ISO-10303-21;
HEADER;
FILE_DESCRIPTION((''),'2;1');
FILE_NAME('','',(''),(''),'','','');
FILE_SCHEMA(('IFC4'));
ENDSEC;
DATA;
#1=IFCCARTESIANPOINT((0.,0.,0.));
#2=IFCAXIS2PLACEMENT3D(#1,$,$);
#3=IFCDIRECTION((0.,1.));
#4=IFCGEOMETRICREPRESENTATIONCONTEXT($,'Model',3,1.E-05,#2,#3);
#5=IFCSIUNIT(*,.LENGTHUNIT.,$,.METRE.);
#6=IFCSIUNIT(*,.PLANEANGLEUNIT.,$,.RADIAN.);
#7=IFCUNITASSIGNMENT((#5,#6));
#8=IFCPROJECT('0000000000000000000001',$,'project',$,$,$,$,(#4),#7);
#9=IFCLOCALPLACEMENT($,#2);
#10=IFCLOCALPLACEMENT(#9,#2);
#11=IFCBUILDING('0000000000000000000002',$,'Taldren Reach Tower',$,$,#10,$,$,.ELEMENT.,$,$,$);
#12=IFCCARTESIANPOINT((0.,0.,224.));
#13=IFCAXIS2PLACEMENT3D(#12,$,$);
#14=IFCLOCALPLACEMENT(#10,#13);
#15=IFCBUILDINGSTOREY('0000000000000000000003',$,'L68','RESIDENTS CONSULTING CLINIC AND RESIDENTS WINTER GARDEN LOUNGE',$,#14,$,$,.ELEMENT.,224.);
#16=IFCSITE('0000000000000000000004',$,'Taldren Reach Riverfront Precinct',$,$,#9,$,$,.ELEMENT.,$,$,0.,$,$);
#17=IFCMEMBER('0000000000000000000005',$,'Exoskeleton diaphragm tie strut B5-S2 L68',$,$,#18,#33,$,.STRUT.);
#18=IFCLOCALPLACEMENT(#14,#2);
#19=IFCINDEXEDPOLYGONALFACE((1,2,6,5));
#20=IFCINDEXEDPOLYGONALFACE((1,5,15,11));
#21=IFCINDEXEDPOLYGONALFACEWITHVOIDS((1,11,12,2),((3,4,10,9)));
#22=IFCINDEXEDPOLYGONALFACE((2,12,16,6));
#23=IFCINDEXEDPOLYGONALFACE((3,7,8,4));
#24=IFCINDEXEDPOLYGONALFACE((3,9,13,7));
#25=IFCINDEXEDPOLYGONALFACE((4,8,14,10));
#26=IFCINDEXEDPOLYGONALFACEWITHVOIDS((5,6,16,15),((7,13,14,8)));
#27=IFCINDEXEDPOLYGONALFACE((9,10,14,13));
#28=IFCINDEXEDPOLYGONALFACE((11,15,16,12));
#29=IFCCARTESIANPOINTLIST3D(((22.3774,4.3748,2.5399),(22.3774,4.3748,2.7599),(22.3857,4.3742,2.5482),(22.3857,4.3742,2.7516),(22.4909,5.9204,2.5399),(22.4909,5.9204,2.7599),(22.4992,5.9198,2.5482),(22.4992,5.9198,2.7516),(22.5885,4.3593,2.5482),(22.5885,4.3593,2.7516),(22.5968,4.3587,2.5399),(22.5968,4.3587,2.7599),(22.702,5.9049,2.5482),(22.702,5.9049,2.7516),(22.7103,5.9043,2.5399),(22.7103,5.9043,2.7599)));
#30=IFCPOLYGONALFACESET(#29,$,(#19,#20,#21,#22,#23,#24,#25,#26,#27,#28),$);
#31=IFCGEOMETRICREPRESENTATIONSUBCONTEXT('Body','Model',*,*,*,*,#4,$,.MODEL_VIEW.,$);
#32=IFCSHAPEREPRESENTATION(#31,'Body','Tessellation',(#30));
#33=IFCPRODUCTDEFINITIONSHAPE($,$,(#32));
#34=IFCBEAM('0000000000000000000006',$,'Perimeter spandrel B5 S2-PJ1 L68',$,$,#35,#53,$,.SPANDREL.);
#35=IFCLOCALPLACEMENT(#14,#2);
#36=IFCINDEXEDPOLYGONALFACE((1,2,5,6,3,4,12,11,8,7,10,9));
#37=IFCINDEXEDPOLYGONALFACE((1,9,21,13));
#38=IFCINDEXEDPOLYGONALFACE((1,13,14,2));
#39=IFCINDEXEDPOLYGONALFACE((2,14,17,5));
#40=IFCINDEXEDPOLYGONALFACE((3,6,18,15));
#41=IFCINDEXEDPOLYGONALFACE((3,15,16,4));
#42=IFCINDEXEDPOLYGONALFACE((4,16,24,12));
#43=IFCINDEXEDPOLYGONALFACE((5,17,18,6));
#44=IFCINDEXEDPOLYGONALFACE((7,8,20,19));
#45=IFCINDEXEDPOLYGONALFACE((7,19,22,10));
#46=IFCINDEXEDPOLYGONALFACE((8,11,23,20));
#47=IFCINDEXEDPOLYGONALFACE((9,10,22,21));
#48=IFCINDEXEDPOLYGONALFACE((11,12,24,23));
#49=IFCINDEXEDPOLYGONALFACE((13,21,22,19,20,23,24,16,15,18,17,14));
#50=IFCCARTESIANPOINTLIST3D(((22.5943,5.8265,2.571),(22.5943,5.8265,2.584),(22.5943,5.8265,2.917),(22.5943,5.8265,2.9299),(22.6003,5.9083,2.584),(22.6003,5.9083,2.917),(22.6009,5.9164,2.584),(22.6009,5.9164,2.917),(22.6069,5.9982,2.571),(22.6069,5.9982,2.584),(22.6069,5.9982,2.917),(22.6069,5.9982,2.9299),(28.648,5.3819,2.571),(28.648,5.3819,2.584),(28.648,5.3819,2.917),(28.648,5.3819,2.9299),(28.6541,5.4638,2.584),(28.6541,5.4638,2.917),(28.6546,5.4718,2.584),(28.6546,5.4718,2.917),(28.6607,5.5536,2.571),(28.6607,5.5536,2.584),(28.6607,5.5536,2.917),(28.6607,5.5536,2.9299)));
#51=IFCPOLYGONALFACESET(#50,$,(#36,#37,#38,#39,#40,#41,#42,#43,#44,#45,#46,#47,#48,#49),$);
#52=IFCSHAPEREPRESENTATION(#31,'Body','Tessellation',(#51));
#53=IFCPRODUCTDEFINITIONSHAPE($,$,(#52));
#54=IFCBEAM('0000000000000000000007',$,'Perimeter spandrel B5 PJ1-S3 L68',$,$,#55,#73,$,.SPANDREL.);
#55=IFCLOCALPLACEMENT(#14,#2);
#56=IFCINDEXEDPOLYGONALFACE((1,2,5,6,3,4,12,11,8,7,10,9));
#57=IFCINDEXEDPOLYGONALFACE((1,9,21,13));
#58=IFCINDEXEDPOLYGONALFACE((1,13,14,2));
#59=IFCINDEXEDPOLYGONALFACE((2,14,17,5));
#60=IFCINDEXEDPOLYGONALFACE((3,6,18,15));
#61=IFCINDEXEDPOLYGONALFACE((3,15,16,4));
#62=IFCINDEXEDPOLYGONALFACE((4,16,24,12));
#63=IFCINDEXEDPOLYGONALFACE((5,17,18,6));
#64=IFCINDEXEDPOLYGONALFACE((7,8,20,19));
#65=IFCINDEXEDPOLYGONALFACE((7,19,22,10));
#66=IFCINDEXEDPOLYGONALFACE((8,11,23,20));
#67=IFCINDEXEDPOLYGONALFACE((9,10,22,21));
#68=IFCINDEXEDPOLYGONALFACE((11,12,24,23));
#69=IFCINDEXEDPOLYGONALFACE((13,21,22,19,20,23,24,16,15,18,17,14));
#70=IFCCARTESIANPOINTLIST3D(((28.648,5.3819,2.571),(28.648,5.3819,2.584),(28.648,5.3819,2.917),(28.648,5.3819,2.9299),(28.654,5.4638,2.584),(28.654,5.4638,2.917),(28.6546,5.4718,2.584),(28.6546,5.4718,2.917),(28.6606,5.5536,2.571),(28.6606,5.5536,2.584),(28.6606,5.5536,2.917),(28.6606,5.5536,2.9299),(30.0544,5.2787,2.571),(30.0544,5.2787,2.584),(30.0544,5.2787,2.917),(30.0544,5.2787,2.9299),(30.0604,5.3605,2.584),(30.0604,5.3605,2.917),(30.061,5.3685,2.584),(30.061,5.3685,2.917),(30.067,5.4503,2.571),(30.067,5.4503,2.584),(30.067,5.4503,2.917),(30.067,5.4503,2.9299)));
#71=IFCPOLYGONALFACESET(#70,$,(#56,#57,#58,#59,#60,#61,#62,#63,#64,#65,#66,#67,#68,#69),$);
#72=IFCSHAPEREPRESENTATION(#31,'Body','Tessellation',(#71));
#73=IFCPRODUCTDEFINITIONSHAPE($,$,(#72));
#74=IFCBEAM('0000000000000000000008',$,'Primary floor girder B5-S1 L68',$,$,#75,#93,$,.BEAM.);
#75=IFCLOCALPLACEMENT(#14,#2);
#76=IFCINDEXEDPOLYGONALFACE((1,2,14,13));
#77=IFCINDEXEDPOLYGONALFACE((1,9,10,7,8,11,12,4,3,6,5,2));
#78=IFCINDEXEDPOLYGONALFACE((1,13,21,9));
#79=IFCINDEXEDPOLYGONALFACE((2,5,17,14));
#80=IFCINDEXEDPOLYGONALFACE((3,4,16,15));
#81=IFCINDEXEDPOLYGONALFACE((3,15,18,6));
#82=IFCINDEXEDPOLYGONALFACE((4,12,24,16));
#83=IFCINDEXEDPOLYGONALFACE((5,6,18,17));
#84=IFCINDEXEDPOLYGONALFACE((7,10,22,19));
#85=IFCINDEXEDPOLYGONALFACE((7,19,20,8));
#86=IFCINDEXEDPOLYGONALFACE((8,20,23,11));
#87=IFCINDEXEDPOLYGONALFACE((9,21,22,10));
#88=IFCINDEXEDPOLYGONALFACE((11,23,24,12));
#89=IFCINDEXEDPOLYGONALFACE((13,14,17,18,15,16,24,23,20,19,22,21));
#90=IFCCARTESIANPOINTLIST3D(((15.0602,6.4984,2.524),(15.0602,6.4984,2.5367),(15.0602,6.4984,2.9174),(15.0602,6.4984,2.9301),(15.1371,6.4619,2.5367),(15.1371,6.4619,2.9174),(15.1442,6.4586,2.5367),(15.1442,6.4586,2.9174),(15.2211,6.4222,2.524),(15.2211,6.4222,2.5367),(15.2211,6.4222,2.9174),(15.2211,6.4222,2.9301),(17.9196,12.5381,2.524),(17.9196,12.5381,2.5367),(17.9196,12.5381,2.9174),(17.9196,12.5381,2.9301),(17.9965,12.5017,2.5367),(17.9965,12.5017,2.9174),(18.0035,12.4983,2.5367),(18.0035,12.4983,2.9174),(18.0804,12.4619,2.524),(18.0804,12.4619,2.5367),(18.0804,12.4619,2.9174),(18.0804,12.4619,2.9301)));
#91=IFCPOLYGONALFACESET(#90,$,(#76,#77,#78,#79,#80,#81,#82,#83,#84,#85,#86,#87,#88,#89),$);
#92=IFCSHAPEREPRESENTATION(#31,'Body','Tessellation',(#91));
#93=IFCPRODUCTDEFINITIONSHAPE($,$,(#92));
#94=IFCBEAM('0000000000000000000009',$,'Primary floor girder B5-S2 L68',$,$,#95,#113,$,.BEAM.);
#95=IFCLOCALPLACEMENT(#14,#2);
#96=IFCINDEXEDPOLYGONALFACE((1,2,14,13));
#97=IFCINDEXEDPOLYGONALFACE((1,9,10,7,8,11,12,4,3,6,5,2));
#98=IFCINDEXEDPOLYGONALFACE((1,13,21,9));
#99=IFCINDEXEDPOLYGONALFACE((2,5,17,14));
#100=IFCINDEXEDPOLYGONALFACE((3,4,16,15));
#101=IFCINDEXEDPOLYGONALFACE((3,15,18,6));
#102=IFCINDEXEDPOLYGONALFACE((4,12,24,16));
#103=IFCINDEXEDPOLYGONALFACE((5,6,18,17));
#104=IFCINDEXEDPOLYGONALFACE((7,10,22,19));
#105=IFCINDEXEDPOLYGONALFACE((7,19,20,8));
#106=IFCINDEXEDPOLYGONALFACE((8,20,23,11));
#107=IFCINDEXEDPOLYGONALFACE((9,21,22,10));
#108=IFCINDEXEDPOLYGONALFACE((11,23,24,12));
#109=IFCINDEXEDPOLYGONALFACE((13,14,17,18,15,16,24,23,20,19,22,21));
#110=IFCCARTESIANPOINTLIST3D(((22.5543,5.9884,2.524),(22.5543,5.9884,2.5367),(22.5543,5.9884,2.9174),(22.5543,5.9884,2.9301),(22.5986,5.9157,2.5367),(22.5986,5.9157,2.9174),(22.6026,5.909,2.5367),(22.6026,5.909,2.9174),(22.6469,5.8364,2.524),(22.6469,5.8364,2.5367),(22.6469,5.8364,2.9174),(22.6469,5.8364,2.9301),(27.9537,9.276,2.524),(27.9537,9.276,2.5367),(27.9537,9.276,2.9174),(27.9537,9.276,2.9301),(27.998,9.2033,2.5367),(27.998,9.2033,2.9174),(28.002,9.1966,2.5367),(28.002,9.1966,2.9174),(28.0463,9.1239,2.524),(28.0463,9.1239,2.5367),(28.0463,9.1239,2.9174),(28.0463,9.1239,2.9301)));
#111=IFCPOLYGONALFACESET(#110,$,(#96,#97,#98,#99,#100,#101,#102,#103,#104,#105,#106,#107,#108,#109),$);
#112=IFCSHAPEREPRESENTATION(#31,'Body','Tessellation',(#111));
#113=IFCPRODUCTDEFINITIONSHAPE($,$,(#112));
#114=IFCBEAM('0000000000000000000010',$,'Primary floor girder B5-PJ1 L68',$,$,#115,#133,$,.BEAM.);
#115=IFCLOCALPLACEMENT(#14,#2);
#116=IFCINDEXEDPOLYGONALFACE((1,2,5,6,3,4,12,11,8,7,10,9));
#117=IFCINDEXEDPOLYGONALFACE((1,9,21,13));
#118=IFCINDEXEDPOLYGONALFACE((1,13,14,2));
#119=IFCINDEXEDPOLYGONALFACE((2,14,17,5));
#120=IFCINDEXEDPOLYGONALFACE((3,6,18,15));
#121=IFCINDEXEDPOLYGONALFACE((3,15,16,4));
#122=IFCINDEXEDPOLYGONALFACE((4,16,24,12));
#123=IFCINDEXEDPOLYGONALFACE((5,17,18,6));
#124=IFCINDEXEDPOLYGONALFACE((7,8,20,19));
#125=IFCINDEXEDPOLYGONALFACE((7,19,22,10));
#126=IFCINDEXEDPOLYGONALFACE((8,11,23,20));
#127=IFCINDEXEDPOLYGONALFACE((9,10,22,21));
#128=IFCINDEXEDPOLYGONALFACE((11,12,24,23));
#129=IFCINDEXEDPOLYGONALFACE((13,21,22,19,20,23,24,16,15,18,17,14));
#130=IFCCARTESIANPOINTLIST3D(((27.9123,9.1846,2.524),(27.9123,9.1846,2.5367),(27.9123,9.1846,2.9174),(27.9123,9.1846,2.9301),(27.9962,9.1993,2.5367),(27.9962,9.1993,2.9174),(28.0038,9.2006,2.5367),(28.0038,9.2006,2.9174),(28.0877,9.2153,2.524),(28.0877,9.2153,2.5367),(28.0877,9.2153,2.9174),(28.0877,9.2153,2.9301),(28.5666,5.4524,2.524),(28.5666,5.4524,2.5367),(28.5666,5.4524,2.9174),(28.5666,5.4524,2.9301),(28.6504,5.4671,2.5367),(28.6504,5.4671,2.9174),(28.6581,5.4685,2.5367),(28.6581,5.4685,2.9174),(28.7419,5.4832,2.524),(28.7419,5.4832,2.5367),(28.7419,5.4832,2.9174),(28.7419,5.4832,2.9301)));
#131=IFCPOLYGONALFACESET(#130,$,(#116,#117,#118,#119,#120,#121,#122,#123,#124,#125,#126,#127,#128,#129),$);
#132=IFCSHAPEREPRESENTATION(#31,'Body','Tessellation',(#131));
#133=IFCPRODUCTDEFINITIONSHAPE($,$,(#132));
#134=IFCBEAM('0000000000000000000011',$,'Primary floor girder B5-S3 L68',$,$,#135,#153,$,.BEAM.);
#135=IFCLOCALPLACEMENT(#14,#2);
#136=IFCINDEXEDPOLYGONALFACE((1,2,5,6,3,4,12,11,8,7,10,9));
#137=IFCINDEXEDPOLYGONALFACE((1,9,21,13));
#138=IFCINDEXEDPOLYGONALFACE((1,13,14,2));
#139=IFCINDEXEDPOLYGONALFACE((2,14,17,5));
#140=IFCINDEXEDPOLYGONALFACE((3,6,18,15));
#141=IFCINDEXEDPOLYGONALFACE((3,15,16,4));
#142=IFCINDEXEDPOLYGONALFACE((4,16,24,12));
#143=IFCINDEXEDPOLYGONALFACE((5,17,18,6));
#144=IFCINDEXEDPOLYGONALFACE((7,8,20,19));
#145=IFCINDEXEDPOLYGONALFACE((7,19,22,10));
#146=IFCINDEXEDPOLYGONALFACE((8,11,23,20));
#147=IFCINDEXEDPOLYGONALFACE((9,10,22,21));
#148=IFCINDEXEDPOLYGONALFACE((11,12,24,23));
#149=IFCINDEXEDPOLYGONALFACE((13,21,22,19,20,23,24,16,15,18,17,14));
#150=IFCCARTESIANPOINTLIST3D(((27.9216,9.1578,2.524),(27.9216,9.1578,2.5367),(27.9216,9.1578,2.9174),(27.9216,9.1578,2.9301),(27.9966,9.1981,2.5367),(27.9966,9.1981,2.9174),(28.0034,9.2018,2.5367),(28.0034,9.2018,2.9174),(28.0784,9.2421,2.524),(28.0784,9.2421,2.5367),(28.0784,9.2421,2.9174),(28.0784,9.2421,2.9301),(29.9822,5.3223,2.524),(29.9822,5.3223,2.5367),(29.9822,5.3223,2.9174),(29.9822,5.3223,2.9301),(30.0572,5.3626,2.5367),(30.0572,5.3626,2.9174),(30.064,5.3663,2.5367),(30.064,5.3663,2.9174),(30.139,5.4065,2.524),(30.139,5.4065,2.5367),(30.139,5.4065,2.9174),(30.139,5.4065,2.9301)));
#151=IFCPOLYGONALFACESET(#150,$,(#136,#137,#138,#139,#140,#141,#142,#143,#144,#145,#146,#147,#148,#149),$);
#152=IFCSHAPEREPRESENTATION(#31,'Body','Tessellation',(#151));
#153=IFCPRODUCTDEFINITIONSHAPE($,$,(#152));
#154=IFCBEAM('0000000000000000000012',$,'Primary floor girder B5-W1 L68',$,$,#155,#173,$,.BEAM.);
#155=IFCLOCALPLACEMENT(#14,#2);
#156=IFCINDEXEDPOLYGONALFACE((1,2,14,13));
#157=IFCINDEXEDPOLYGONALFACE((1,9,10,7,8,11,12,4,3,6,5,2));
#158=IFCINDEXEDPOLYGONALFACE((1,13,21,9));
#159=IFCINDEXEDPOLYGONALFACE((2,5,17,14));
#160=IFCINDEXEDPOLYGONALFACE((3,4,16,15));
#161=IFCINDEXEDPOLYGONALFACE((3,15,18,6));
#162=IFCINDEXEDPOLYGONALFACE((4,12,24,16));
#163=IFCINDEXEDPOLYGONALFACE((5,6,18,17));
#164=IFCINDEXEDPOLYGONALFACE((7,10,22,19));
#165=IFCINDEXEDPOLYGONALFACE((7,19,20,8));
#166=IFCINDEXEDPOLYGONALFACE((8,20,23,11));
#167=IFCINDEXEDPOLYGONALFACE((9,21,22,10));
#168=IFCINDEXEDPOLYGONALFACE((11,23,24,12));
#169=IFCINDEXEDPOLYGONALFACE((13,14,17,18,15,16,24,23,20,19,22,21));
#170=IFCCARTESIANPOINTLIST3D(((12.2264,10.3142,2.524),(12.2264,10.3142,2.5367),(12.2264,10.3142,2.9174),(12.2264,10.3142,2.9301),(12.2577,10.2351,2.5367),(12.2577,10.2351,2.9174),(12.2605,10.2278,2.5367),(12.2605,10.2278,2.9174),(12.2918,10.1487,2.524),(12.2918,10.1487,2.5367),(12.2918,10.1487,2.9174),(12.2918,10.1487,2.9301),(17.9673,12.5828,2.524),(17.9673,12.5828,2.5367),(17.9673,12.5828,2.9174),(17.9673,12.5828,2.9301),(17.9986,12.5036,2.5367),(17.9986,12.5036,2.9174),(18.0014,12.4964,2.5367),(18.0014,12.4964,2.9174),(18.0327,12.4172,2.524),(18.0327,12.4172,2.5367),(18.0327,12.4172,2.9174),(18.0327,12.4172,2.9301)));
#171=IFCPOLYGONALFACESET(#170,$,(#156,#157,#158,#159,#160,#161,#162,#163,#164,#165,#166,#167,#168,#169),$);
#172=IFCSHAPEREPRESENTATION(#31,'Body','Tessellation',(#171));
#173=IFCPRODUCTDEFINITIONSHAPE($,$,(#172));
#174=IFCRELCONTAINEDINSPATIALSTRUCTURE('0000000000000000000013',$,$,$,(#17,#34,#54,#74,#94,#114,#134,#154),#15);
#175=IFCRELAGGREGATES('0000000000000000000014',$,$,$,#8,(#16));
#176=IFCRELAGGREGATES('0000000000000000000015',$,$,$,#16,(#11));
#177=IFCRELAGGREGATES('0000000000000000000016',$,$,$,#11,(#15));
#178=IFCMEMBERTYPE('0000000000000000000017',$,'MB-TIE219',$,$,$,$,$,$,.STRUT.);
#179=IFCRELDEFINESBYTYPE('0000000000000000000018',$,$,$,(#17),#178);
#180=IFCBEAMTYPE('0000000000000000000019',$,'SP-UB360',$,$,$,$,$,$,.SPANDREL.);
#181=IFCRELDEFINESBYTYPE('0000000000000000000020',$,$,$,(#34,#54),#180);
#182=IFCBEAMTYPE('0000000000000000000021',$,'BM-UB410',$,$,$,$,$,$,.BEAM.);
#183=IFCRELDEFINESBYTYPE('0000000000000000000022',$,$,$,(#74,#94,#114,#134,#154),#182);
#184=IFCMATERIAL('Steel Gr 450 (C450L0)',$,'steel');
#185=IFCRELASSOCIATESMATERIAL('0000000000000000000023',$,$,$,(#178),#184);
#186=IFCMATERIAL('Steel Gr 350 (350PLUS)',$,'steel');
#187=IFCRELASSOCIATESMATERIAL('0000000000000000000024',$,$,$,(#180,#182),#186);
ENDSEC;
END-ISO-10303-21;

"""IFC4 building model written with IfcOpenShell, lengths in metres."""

from ifc_helpers import new_model, si_unit, direction, frame, origin, origin_2d, place, context, subcontext, project, spatial, hollow_rectangle, i_section, extrude, source, transform, mapped, material, material_profile, profile_set, type_object, element, save


model = new_model("IFC4")

# Units and contexts
model_context = context("Model", 3, precision=1e-05, world=origin(), true_north=direction((0.0, 1.0)))
body_context = subcontext(model_context, "Body", "Model", "MODEL_VIEW")
ifc_project = project(units=[si_unit("LENGTHUNIT", "METRE"), si_unit("PLANEANGLEUNIT", "RADIAN")], contexts=[model_context])

# Site, building, storey
site_placement = place(None, origin())
site = spatial("IfcSite", under=ifc_project, at=site_placement, Name="Taldren Reach Riverfront Precinct", CompositionType="ELEMENT", RefElevation=0.0)
building_placement = place(site_placement, origin())
building = spatial("IfcBuilding", under=site, at=building_placement, Name="Taldren Reach Tower", CompositionType="ELEMENT")
storey_placement = place(building_placement, frame((0.0, 0.0, 224.0)))
storey = spatial("IfcBuildingStorey", under=building, at=storey_placement, Name="L68", Description="RESIDENTS CONSULTING CLINIC AND RESIDENTS WINTER GARDEN LOUNGE", CompositionType="ELEMENT", Elevation=224.0)

# Shared definitions
ifc_material_1 = material(Name="Steel Gr 350 (350PLUS)", Category="steel")
ifc_material_2 = material(Name="Steel Gr 450 (C450L0)", Category="steel")

# Member
ifc_material_profile_1 = material_profile(ifc_material_2, hollow_rectangle(XDim=0.22, YDim=0.22, WallThickness=0.0083, at=origin_2d()), Name="220x220x8.2SHS")
ifc_profile_set_1 = profile_set([ifc_material_profile_1], Name="Steel Gr 450 (C450L0)")
member_type_1 = type_object("IfcMemberType", Name="MB-TIE219", PredefinedType="STRUT", material=ifc_profile_set_1)
shared_shape_1 = source(origin(), body_context, "Body", "SweptSolid", [
    extrude(hollow_rectangle(XDim=0.22, YDim=0.22, WallThickness=0.0083, at=origin_2d()), origin(), (0.0, 0.0, 1.0), 1.5498),
])
member_1_placement = place(storey_placement, frame((22.6006, 5.9124, 2.6499), z_axis=(-0.073251, -0.997314, 0.0), x_axis=(0.997314, -0.073251, 0.0)))
element("IfcMember", 1, at=member_1_placement, inside=storey, type_object=member_type_1, Name="Exoskeleton diaphragm tie strut B5-S2 L68", PredefinedType="STRUT", context=body_context, shape_type="MappedRepresentation", body=[
    mapped(shared_shape_1, transform((0.0, 0.0, 0.0), scale=1.0)),
])

# Beams
ifc_material_profile_2 = material_profile(ifc_material_1, i_section(OverallWidth=0.1721, OverallDepth=0.3589, WebThickness=0.0081, FlangeThickness=0.0129, at=origin_2d()), Name="360UB56.7")
ifc_profile_set_2 = profile_set([ifc_material_profile_2], Name="Steel Gr 350 (350PLUS)")
beam_type_1 = type_object("IfcBeamType", Name="SP-UB360", PredefinedType="SPANDREL", material=ifc_profile_set_2)
shared_shape_2 = source(origin(), body_context, "Body", "SweptSolid", [
    extrude(i_section(OverallWidth=0.1721, OverallDepth=0.3589, WebThickness=0.0081, FlangeThickness=0.0129, at=origin_2d()), origin(), (0.0, 0.0, 1.0), 6.0701),
])
beam_1_placement = place(storey_placement, frame((22.6006, 5.9124, 2.7505), z_axis=(0.997314, -0.073242, 0.0), x_axis=(0.073242, 0.997314, 0.0)))
element("IfcBeam", 2, at=beam_1_placement, inside=storey, type_object=beam_type_1, Name="Perimeter spandrel B5 S2-PJ1 L68", PredefinedType="SPANDREL", context=body_context, shape_type="MappedRepresentation", body=[
    mapped(shared_shape_2, transform((0.0, 0.0, 0.0), scale=1.0)),
])
shared_shape_3 = source(origin(), body_context, "Body", "SweptSolid", [
    extrude(i_section(OverallWidth=0.1721, OverallDepth=0.3589, WebThickness=0.0081, FlangeThickness=0.0129, at=origin_2d()), origin(), (0.0, 0.0, 1.0), 1.4102),
])
beam_2_placement = place(storey_placement, frame((28.6543, 5.4678, 2.7505), z_axis=(0.997314, -0.07324, 0.0), x_axis=(0.07324, 0.997314, 0.0)))
element("IfcBeam", 3, at=beam_2_placement, inside=storey, type_object=beam_type_1, Name="Perimeter spandrel B5 PJ1-S3 L68", PredefinedType="SPANDREL", context=body_context, shape_type="MappedRepresentation", body=[
    mapped(shared_shape_3, transform((0.0, 0.0, 0.0), scale=1.0)),
])
ifc_material_profile_3 = material_profile(ifc_material_1, i_section(OverallWidth=0.178, OverallDepth=0.406, WebThickness=0.0078, FlangeThickness=0.0127, at=origin_2d()), Name="410UB59.7")
ifc_profile_set_3 = profile_set([ifc_material_profile_3], Name="Steel Gr 350 (350PLUS)")
beam_type_2 = type_object("IfcBeamType", Name="BM-UB410", PredefinedType="BEAM", material=ifc_profile_set_3)
shared_shape_4 = source(origin(), body_context, "Body", "SweptSolid", [
    extrude(i_section(OverallWidth=0.178, OverallDepth=0.406, WebThickness=0.0078, FlangeThickness=0.0127, at=origin_2d()), origin(), (0.0, 0.0, 1.0), 6.6824),
])
beam_3_placement = place(storey_placement, frame((18.0, 12.5, 2.7271), z_axis=(-0.427893, -0.903829, 0.0), x_axis=(0.903829, -0.427893, 0.0)))
element("IfcBeam", 4, at=beam_3_placement, inside=storey, type_object=beam_type_2, Name="Primary floor girder B5-S1 L68", PredefinedType="BEAM", context=body_context, shape_type="MappedRepresentation", body=[
    mapped(shared_shape_4, transform((0.0, 0.0, 0.0), scale=1.0)),
])
shared_shape_5 = source(origin(), body_context, "Body", "SweptSolid", [
    extrude(i_section(OverallWidth=0.178, OverallDepth=0.406, WebThickness=0.0078, FlangeThickness=0.0127, at=origin_2d()), origin(), (0.0, 0.0, 1.0), 6.3215),
])
beam_4_placement = place(storey_placement, frame((28.0, 9.2, 2.7271), z_axis=(-0.854128, -0.520062, 0.0), x_axis=(0.520062, -0.854128, 0.0)))
element("IfcBeam", 5, at=beam_4_placement, inside=storey, type_object=beam_type_2, Name="Primary floor girder B5-S2 L68", PredefinedType="BEAM", context=body_context, shape_type="MappedRepresentation", body=[
    mapped(shared_shape_5, transform((0.0, 0.0, 0.0), scale=1.0)),
])
shared_shape_6 = source(origin(), body_context, "Body", "SweptSolid", [
    extrude(i_section(OverallWidth=0.178, OverallDepth=0.406, WebThickness=0.0078, FlangeThickness=0.0127, at=origin_2d()), origin(), (0.0, 0.0, 1.0), 3.7891),
])
beam_5_placement = place(storey_placement, frame((28.0, 9.2, 2.7271), z_axis=(0.172679, -0.984978, 0.0), x_axis=(0.984978, 0.172679, 0.0)))
element("IfcBeam", 6, at=beam_5_placement, inside=storey, type_object=beam_type_2, Name="Primary floor girder B5-PJ1 L68", PredefinedType="BEAM", context=body_context, shape_type="MappedRepresentation", body=[
    mapped(shared_shape_6, transform((0.0, 0.0, 0.0), scale=1.0)),
])
shared_shape_7 = source(origin(), body_context, "Body", "SweptSolid", [
    extrude(i_section(OverallWidth=0.178, OverallDepth=0.406, WebThickness=0.0078, FlangeThickness=0.0127, at=origin_2d()), origin(), (0.0, 0.0, 1.0), 4.354),
])
beam_6_placement = place(storey_placement, frame((28.0, 9.2, 2.7271), z_axis=(0.473264, -0.880921, 0.0), x_axis=(0.880921, 0.473264, 0.0)))
element("IfcBeam", 7, at=beam_6_placement, inside=storey, type_object=beam_type_2, Name="Primary floor girder B5-S3 L68", PredefinedType="BEAM", context=body_context, shape_type="MappedRepresentation", body=[
    mapped(shared_shape_7, transform((0.0, 0.0, 0.0), scale=1.0)),
])
shared_shape_8 = source(origin(), body_context, "Body", "SweptSolid", [
    extrude(i_section(OverallWidth=0.178, OverallDepth=0.406, WebThickness=0.0078, FlangeThickness=0.0127, at=origin_2d()), origin(), (0.0, 0.0, 1.0), 6.1729),
])
beam_7_placement = place(storey_placement, frame((18.0, 12.5, 2.7271), z_axis=(-0.930023, -0.367501, 0.0), x_axis=(0.367501, -0.930023, 0.0)))
element("IfcBeam", 8, at=beam_7_placement, inside=storey, type_object=beam_type_2, Name="Primary floor girder B5-W1 L68", PredefinedType="BEAM", context=body_context, shape_type="MappedRepresentation", body=[
    mapped(shared_shape_8, transform((0.0, 0.0, 0.0), scale=1.0)),
])

save(model, "model.ifc")
